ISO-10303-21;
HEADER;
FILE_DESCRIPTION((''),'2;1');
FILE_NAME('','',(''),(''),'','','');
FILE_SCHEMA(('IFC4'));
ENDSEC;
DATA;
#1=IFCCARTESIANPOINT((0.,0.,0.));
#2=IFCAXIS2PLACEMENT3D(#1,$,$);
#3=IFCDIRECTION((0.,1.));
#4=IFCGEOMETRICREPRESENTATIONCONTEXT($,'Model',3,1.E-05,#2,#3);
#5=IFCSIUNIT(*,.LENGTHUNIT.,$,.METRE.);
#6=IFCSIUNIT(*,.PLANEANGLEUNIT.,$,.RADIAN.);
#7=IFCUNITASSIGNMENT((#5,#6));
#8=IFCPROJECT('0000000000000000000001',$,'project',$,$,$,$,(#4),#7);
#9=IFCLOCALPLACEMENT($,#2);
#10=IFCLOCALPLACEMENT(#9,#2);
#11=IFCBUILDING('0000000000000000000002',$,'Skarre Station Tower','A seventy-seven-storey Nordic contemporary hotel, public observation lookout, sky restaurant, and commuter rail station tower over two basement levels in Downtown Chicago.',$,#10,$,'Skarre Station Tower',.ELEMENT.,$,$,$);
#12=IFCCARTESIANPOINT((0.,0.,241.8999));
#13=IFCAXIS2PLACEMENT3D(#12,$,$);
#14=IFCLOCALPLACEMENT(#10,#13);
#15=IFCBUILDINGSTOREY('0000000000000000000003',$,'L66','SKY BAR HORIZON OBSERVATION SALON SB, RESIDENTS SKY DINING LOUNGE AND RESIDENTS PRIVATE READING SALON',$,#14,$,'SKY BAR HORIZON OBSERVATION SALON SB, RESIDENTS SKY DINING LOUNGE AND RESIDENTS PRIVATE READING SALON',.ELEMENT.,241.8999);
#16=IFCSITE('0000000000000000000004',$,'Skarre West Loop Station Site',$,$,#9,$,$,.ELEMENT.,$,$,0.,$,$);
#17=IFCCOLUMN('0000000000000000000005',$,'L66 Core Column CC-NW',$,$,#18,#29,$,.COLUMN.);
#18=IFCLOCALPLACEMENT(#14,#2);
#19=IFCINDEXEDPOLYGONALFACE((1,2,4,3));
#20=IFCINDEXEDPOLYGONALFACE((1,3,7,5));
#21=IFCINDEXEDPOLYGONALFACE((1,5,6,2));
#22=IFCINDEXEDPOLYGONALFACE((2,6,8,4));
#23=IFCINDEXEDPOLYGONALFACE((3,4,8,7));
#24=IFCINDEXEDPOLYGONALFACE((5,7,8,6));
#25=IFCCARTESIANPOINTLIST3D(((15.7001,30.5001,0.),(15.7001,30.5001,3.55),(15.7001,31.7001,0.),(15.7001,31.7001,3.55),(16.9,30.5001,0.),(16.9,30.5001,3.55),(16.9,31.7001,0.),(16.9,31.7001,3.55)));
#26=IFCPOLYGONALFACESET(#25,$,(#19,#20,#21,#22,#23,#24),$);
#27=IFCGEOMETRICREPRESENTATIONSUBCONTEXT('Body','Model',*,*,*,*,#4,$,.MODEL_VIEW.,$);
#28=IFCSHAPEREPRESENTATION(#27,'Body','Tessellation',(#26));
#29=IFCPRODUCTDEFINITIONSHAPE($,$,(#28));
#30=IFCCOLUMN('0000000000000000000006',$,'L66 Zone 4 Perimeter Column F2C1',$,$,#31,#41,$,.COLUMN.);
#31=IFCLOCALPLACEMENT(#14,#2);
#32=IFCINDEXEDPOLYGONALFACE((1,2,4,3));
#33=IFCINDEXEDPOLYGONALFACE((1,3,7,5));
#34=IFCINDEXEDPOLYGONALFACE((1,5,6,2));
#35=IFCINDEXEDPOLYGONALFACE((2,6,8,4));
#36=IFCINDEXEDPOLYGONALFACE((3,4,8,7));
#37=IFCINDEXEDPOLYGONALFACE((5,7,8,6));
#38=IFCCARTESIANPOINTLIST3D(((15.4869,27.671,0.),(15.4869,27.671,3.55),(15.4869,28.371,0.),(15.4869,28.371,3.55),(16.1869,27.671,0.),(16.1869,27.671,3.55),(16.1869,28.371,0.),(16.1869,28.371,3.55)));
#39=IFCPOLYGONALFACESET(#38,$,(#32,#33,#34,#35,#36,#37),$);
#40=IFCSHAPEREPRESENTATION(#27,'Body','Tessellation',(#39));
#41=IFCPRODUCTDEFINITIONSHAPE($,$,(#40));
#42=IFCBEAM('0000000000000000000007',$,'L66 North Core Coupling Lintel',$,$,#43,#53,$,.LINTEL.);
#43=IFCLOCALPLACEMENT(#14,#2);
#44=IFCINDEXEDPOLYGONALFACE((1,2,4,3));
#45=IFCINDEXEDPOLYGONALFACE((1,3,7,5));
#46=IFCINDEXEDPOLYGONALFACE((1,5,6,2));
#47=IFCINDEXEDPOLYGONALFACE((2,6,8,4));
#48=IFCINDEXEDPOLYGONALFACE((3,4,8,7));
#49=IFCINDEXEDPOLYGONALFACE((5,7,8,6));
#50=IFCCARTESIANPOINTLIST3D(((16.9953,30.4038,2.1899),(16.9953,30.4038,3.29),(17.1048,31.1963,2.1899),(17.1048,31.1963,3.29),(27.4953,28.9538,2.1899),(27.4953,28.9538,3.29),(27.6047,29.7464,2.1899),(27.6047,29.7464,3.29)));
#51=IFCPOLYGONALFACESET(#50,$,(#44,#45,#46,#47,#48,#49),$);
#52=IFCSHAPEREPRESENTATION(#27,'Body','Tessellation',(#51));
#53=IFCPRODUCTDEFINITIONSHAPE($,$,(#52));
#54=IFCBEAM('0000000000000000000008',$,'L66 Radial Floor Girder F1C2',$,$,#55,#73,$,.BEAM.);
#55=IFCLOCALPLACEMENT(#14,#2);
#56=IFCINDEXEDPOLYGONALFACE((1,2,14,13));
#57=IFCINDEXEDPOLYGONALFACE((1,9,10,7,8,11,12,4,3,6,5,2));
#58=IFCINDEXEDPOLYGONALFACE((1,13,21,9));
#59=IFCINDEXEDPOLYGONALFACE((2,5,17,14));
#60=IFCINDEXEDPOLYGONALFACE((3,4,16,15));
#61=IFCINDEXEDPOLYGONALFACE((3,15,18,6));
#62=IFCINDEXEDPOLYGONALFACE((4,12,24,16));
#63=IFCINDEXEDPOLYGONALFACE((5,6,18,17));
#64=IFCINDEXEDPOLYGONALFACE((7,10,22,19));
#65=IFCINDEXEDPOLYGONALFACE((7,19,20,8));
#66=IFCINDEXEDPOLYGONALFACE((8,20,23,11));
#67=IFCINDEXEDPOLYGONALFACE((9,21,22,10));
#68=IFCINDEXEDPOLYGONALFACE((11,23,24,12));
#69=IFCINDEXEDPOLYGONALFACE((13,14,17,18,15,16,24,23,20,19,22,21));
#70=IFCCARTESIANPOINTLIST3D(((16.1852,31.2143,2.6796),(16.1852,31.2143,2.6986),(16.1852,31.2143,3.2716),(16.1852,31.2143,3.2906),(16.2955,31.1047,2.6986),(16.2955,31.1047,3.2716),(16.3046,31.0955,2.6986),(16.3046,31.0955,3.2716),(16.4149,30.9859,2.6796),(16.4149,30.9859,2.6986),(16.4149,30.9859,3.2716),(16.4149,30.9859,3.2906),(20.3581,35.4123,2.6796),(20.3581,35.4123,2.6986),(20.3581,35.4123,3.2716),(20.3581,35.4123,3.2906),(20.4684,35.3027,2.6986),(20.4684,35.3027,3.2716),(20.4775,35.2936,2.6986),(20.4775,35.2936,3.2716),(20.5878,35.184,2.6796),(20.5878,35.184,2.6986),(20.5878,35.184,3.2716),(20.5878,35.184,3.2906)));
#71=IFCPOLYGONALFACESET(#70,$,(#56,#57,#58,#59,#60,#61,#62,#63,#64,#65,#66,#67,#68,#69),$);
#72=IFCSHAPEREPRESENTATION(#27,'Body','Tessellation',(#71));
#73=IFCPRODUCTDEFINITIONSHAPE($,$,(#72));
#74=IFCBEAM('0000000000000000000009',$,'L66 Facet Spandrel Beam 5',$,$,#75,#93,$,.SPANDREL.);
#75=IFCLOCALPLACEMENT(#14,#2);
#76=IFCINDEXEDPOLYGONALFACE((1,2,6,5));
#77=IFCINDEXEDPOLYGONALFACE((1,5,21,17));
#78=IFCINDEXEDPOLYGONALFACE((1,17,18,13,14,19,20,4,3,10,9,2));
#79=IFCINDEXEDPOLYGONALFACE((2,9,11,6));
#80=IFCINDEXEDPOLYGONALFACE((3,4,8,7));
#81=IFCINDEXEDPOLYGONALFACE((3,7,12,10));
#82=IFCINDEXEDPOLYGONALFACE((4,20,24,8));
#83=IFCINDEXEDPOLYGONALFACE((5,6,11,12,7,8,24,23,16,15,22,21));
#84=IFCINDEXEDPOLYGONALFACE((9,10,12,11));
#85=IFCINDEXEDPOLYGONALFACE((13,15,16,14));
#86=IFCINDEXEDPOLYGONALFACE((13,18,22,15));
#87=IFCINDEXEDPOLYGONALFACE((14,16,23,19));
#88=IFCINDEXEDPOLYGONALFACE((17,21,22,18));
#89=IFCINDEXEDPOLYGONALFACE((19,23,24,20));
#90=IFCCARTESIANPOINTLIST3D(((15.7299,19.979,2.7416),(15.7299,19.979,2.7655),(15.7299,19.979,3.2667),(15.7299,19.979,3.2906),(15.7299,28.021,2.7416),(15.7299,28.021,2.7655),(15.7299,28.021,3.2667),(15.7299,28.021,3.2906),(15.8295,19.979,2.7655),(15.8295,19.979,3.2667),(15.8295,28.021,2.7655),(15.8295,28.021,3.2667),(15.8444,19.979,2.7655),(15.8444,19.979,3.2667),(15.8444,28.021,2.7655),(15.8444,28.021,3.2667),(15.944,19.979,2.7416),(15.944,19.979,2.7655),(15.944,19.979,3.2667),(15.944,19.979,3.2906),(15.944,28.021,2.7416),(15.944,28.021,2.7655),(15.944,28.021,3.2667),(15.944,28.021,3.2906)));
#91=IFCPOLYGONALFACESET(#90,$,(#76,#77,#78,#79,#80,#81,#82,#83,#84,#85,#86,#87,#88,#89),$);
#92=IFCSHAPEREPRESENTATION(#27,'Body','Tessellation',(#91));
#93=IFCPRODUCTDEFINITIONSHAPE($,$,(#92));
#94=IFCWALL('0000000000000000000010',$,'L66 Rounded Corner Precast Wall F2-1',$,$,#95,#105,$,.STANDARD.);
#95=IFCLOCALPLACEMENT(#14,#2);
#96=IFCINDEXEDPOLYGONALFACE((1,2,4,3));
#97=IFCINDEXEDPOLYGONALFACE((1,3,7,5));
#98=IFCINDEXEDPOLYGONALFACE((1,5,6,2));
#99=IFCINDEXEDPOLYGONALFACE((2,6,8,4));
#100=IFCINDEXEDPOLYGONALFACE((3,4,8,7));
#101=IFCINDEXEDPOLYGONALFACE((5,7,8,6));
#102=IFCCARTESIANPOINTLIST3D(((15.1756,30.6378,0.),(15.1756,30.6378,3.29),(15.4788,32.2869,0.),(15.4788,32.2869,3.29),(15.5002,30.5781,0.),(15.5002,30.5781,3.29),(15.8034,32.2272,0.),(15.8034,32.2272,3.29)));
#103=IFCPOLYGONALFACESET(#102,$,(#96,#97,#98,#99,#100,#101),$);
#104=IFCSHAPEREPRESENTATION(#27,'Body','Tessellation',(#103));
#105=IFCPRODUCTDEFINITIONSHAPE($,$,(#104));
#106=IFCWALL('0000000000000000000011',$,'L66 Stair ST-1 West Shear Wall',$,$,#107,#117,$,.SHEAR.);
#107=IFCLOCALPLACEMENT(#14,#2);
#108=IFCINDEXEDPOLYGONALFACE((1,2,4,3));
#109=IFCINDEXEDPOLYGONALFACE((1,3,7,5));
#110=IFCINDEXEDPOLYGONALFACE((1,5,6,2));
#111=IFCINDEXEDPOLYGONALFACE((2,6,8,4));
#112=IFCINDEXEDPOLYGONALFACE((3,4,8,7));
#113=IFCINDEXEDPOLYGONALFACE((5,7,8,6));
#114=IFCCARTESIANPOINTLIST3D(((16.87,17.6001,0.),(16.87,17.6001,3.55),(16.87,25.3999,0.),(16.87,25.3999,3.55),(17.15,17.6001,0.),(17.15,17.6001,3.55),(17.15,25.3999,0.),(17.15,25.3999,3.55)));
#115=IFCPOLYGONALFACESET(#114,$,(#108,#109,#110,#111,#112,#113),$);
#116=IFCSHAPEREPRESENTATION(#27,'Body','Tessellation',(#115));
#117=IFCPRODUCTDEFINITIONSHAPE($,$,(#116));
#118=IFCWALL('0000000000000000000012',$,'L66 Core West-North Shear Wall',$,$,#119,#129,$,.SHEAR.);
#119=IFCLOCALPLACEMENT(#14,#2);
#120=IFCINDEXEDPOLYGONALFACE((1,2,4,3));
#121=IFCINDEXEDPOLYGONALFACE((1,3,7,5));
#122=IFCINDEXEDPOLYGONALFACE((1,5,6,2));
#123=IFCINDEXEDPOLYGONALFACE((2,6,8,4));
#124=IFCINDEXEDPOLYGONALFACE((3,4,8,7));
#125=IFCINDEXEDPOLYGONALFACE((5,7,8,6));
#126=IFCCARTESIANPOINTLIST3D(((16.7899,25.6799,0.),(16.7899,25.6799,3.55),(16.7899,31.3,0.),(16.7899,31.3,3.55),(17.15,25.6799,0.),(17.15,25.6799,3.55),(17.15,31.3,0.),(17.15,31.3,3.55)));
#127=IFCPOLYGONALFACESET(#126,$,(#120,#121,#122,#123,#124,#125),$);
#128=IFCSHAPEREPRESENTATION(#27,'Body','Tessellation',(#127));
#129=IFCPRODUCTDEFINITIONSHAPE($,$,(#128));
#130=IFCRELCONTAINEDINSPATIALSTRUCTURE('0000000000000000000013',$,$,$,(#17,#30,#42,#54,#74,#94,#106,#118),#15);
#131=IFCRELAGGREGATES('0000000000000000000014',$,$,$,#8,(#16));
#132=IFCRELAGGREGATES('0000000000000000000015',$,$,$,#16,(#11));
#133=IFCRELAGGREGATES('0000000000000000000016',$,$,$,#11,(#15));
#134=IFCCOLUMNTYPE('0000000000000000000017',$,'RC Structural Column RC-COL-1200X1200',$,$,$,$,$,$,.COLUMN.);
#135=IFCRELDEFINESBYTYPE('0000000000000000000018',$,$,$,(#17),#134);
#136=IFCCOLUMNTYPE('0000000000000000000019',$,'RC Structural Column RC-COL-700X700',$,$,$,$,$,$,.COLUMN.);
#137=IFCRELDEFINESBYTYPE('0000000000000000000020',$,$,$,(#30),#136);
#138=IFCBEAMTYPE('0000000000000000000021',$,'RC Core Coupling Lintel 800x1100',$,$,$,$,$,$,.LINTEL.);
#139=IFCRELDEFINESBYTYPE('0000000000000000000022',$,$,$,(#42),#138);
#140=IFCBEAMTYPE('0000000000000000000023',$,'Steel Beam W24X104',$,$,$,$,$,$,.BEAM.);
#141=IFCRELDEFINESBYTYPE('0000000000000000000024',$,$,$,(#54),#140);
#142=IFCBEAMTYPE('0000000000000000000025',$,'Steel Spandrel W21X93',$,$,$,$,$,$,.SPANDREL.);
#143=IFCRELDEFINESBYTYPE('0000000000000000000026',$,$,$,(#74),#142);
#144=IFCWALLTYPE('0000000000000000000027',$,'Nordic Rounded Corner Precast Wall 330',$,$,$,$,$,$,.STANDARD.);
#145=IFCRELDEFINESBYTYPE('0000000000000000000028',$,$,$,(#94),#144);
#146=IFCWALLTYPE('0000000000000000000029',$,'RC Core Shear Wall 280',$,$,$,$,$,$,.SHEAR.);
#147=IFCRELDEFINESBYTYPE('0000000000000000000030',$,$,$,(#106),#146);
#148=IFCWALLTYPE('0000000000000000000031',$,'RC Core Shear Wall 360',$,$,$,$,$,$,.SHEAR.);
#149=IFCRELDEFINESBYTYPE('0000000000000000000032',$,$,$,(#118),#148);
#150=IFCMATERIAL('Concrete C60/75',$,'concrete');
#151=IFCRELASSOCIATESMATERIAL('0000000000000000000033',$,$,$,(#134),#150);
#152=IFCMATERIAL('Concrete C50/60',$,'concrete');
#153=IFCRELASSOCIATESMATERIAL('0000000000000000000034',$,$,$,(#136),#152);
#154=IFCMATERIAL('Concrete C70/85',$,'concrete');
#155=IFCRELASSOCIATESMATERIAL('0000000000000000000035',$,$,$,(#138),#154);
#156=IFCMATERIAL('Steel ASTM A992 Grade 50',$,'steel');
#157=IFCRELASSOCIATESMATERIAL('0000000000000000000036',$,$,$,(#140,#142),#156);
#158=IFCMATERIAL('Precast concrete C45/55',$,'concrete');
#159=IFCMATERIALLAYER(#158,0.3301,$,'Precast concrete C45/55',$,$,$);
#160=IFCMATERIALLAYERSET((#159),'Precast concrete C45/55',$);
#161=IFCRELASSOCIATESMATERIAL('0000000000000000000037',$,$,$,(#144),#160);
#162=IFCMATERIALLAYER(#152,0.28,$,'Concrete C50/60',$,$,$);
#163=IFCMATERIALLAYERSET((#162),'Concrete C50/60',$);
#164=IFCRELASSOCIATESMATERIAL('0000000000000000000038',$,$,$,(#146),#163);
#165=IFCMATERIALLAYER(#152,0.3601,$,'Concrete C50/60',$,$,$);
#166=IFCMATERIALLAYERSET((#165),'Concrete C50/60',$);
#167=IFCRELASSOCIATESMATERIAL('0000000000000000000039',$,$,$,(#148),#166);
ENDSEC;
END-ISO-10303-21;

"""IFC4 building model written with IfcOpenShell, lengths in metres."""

from ifc_helpers import new_model, si_unit, direction, frame, frame_2d, origin, origin_2d, place, context, subcontext, project, spatial, rectangle, i_section, extrude, material, layer, layer_set, material_profile, profile_set, type_object, element, save


model = new_model("IFC4")

# Units and contexts
model_context = context("Model", 3, precision=1e-05, world=origin(), true_north=direction((0.0, 1.0)))
body_context = subcontext(model_context, "Body", "Model", "MODEL_VIEW")
ifc_project = project(units=[si_unit("LENGTHUNIT", "METRE"), si_unit("PLANEANGLEUNIT", "RADIAN")], contexts=[model_context])

# Site, building, storey
site_placement = place(None, origin())
site = spatial("IfcSite", under=ifc_project, at=site_placement, Name="Skarre West Loop Station Site", CompositionType="ELEMENT", RefElevation=0.0)
building_placement = place(site_placement, origin())
building = spatial("IfcBuilding", under=site, at=building_placement, Name="Skarre Station Tower", Description="A seventy-seven-storey Nordic contemporary hotel, public observation lookout, sky restaurant, and commuter rail station tower over two basement levels in Downtown Chicago.", LongName="Skarre Station Tower", CompositionType="ELEMENT")
storey_placement = place(building_placement, frame((0.0, 0.0, 241.8999)))
storey = spatial("IfcBuildingStorey", under=building, at=storey_placement, Name="L66", Description="SKY BAR HORIZON OBSERVATION SALON SB, RESIDENTS SKY DINING LOUNGE AND RESIDENTS PRIVATE READING SALON", LongName="SKY BAR HORIZON OBSERVATION SALON SB, RESIDENTS SKY DINING LOUNGE AND RESIDENTS PRIVATE READING SALON", CompositionType="ELEMENT", Elevation=241.8999)

# Columns
ifc_material_1 = material(Name="Concrete C60/75", Category="concrete")
ifc_material_profile_1 = material_profile(ifc_material_1, rectangle(XDim=1.2, YDim=1.2, at=origin_2d()), Name="Concrete C60/75")
ifc_profile_set_1 = profile_set([ifc_material_profile_1], Name="Concrete C60/75")
column_type_1 = type_object("IfcColumnType", Name="RC Structural Column RC-COL-1200X1200", PredefinedType="COLUMN", material=ifc_profile_set_1)
column_1_placement = place(storey_placement, frame((16.3, 31.1001, 0.0), z_axis=(0.0, 0.0, 1.0), x_axis=(1.0, 0.0, 0.0)))
element("IfcColumn", 1, at=column_1_placement, inside=storey, type_object=column_type_1, Name="L66 Core Column CC-NW", PredefinedType="COLUMN", context=body_context, shape_type="SweptSolid", body=[
    extrude(rectangle(XDim=1.2, YDim=1.2, at=origin_2d()), origin(), (0.0, 0.0, 1.0), 3.55),
])
ifc_material_2 = material(Name="Concrete C50/60", Category="concrete")
ifc_material_profile_2 = material_profile(ifc_material_2, rectangle(XDim=0.7, YDim=0.7, at=origin_2d()), Name="Concrete C50/60")
ifc_profile_set_2 = profile_set([ifc_material_profile_2], Name="Concrete C50/60")
column_type_2 = type_object("IfcColumnType", Name="RC Structural Column RC-COL-700X700", PredefinedType="COLUMN", material=ifc_profile_set_2)
column_2_placement = place(storey_placement, frame((15.8369, 28.021, 0.0), z_axis=(0.0, 0.0, 1.0), x_axis=(1.0, 0.0, 0.0)))
element("IfcColumn", 2, at=column_2_placement, inside=storey, type_object=column_type_2, Name="L66 Zone 4 Perimeter Column F2C1", PredefinedType="COLUMN", context=body_context, shape_type="SweptSolid", body=[
    extrude(rectangle(XDim=0.7, YDim=0.7, at=origin_2d()), origin(), (0.0, 0.0, 1.0), 3.55),
])

# Beams
ifc_material_3 = material(Name="Concrete C70/85", Category="concrete")
ifc_material_profile_3 = material_profile(ifc_material_3, rectangle(XDim=0.8, YDim=1.1001, at=origin_2d()), Name="Concrete C70/85")
ifc_profile_set_3 = profile_set([ifc_material_profile_3], Name="Concrete C70/85")
beam_type_1 = type_object("IfcBeamType", Name="RC Core Coupling Lintel 800x1100", PredefinedType="LINTEL", material=ifc_profile_set_3)
beam_1_placement = place(storey_placement, frame((17.05, 30.8, 2.74), z_axis=(0.9906, -0.136792, 0.0), x_axis=(0.136792, 0.9906, 0.0)))
element("IfcBeam", 3, at=beam_1_placement, inside=storey, type_object=beam_type_1, Name="L66 North Core Coupling Lintel", PredefinedType="LINTEL", context=body_context, shape_type="SweptSolid", body=[
    extrude(rectangle(XDim=0.8, YDim=1.1001, at=origin_2d()), origin(), (0.0, 0.0, 1.0), 10.5996),
])
ifc_material_4 = material(Name="Steel ASTM A992 Grade 50", Category="steel")
ifc_material_profile_4 = material_profile(ifc_material_4, i_section(OverallWidth=0.324, OverallDepth=0.6111, WebThickness=0.0129, FlangeThickness=0.019, at=origin_2d()), Name="Steel ASTM A992 Grade 50")
ifc_profile_set_4 = profile_set([ifc_material_profile_4], Name="Steel ASTM A992 Grade 50")
beam_type_2 = type_object("IfcBeamType", Name="Steel Beam W24X104", PredefinedType="BEAM", material=ifc_profile_set_4)
beam_2_placement = place(storey_placement, frame((16.3, 31.1001, 2.9851), z_axis=(0.704979, 0.709228, 0.0), x_axis=(-0.709228, 0.704979, 0.0)))
element("IfcBeam", 4, at=beam_2_placement, inside=storey, type_object=beam_type_2, Name="L66 Radial Floor Girder F1C2", PredefinedType="BEAM", context=body_context, shape_type="SweptSolid", body=[
    extrude(i_section(OverallWidth=0.324, OverallDepth=0.6111, WebThickness=0.0129, FlangeThickness=0.019, at=origin_2d()), origin(), (0.0, 0.0, 1.0), 5.9192),
])
ifc_material_profile_5 = material_profile(ifc_material_4, i_section(OverallWidth=0.2141, OverallDepth=0.5491, WebThickness=0.0149, FlangeThickness=0.0239, at=origin_2d()), Name="Steel ASTM A992 Grade 50")
ifc_profile_set_5 = profile_set([ifc_material_profile_5], Name="Steel ASTM A992 Grade 50")
beam_type_3 = type_object("IfcBeamType", Name="Steel Spandrel W21X93", PredefinedType="SPANDREL", material=ifc_profile_set_5)
beam_3_placement = place(storey_placement, frame((15.8369, 28.021, 3.0161), z_axis=(0.0, -1.0, 0.0), x_axis=(1.0, 0.0, 0.0)))
element("IfcBeam", 5, at=beam_3_placement, inside=storey, type_object=beam_type_3, Name="L66 Facet Spandrel Beam 5", PredefinedType="SPANDREL", context=body_context, shape_type="SweptSolid", body=[
    extrude(i_section(OverallWidth=0.2141, OverallDepth=0.5491, WebThickness=0.0149, FlangeThickness=0.0239, at=origin_2d()), origin(), (0.0, 0.0, 1.0), 8.042),
])

# Walls
ifc_material_5 = material(Name="Precast concrete C45/55", Category="concrete")
ifc_layer_1 = layer(ifc_material_5, 0.3301, Name="Precast concrete C45/55")
ifc_layer_set_1 = layer_set([ifc_layer_1], Name="Precast concrete C45/55")
wall_type_1 = type_object("IfcWallType", Name="Nordic Rounded Corner Precast Wall 330", PredefinedType="STANDARD", material=ifc_layer_set_1)
wall_1_placement = place(storey_placement, frame((15.3379, 30.6079, 0.0), z_axis=(0.0, 0.0, 1.0), x_axis=(0.180833, 0.983514, 0.0)))
element("IfcWall", 6, at=wall_1_placement, inside=storey, type_object=wall_type_1, Name="L66 Rounded Corner Precast Wall F2-1", PredefinedType="STANDARD", context=body_context, shape_type="SweptSolid", body=[
    extrude(rectangle(XDim=1.6768, YDim=0.3301, at=frame_2d((0.8384, 0.0))), origin(), (0.0, 0.0, 1.0), 3.29),
])
ifc_layer_2 = layer(ifc_material_2, 0.28, Name="Concrete C50/60")
ifc_layer_set_2 = layer_set([ifc_layer_2], Name="Concrete C50/60")
wall_type_2 = type_object("IfcWallType", Name="RC Core Shear Wall 280", PredefinedType="SHEAR", material=ifc_layer_set_2)
wall_2_placement = place(storey_placement, frame((17.01, 25.3999, 0.0), z_axis=(0.0, 0.0, 1.0), x_axis=(0.0, -1.0, 0.0)))
element("IfcWall", 7, at=wall_2_placement, inside=storey, type_object=wall_type_2, Name="L66 Stair ST-1 West Shear Wall", PredefinedType="SHEAR", context=body_context, shape_type="SweptSolid", body=[
    extrude(rectangle(XDim=7.7998, YDim=0.28, at=frame_2d((3.8999, 0.0))), origin(), (0.0, 0.0, 1.0), 3.55),
])
ifc_layer_3 = layer(ifc_material_2, 0.3601, Name="Concrete C50/60")
ifc_layer_set_3 = layer_set([ifc_layer_3], Name="Concrete C50/60")
wall_type_3 = type_object("IfcWallType", Name="RC Core Shear Wall 360", PredefinedType="SHEAR", material=ifc_layer_set_3)
wall_3_placement = place(storey_placement, frame((16.97, 25.6799, 0.0), z_axis=(0.0, 0.0, 1.0), x_axis=(0.0, 1.0, 0.0)))
element("IfcWall", 8, at=wall_3_placement, inside=storey, type_object=wall_type_3, Name="L66 Core West-North Shear Wall", PredefinedType="SHEAR", context=body_context, shape_type="SweptSolid", body=[
    extrude(rectangle(XDim=5.6201, YDim=0.3601, at=frame_2d((2.8101, 0.0))), origin(), (0.0, 0.0, 1.0), 3.55),
])

save(model, "model.ifc")
